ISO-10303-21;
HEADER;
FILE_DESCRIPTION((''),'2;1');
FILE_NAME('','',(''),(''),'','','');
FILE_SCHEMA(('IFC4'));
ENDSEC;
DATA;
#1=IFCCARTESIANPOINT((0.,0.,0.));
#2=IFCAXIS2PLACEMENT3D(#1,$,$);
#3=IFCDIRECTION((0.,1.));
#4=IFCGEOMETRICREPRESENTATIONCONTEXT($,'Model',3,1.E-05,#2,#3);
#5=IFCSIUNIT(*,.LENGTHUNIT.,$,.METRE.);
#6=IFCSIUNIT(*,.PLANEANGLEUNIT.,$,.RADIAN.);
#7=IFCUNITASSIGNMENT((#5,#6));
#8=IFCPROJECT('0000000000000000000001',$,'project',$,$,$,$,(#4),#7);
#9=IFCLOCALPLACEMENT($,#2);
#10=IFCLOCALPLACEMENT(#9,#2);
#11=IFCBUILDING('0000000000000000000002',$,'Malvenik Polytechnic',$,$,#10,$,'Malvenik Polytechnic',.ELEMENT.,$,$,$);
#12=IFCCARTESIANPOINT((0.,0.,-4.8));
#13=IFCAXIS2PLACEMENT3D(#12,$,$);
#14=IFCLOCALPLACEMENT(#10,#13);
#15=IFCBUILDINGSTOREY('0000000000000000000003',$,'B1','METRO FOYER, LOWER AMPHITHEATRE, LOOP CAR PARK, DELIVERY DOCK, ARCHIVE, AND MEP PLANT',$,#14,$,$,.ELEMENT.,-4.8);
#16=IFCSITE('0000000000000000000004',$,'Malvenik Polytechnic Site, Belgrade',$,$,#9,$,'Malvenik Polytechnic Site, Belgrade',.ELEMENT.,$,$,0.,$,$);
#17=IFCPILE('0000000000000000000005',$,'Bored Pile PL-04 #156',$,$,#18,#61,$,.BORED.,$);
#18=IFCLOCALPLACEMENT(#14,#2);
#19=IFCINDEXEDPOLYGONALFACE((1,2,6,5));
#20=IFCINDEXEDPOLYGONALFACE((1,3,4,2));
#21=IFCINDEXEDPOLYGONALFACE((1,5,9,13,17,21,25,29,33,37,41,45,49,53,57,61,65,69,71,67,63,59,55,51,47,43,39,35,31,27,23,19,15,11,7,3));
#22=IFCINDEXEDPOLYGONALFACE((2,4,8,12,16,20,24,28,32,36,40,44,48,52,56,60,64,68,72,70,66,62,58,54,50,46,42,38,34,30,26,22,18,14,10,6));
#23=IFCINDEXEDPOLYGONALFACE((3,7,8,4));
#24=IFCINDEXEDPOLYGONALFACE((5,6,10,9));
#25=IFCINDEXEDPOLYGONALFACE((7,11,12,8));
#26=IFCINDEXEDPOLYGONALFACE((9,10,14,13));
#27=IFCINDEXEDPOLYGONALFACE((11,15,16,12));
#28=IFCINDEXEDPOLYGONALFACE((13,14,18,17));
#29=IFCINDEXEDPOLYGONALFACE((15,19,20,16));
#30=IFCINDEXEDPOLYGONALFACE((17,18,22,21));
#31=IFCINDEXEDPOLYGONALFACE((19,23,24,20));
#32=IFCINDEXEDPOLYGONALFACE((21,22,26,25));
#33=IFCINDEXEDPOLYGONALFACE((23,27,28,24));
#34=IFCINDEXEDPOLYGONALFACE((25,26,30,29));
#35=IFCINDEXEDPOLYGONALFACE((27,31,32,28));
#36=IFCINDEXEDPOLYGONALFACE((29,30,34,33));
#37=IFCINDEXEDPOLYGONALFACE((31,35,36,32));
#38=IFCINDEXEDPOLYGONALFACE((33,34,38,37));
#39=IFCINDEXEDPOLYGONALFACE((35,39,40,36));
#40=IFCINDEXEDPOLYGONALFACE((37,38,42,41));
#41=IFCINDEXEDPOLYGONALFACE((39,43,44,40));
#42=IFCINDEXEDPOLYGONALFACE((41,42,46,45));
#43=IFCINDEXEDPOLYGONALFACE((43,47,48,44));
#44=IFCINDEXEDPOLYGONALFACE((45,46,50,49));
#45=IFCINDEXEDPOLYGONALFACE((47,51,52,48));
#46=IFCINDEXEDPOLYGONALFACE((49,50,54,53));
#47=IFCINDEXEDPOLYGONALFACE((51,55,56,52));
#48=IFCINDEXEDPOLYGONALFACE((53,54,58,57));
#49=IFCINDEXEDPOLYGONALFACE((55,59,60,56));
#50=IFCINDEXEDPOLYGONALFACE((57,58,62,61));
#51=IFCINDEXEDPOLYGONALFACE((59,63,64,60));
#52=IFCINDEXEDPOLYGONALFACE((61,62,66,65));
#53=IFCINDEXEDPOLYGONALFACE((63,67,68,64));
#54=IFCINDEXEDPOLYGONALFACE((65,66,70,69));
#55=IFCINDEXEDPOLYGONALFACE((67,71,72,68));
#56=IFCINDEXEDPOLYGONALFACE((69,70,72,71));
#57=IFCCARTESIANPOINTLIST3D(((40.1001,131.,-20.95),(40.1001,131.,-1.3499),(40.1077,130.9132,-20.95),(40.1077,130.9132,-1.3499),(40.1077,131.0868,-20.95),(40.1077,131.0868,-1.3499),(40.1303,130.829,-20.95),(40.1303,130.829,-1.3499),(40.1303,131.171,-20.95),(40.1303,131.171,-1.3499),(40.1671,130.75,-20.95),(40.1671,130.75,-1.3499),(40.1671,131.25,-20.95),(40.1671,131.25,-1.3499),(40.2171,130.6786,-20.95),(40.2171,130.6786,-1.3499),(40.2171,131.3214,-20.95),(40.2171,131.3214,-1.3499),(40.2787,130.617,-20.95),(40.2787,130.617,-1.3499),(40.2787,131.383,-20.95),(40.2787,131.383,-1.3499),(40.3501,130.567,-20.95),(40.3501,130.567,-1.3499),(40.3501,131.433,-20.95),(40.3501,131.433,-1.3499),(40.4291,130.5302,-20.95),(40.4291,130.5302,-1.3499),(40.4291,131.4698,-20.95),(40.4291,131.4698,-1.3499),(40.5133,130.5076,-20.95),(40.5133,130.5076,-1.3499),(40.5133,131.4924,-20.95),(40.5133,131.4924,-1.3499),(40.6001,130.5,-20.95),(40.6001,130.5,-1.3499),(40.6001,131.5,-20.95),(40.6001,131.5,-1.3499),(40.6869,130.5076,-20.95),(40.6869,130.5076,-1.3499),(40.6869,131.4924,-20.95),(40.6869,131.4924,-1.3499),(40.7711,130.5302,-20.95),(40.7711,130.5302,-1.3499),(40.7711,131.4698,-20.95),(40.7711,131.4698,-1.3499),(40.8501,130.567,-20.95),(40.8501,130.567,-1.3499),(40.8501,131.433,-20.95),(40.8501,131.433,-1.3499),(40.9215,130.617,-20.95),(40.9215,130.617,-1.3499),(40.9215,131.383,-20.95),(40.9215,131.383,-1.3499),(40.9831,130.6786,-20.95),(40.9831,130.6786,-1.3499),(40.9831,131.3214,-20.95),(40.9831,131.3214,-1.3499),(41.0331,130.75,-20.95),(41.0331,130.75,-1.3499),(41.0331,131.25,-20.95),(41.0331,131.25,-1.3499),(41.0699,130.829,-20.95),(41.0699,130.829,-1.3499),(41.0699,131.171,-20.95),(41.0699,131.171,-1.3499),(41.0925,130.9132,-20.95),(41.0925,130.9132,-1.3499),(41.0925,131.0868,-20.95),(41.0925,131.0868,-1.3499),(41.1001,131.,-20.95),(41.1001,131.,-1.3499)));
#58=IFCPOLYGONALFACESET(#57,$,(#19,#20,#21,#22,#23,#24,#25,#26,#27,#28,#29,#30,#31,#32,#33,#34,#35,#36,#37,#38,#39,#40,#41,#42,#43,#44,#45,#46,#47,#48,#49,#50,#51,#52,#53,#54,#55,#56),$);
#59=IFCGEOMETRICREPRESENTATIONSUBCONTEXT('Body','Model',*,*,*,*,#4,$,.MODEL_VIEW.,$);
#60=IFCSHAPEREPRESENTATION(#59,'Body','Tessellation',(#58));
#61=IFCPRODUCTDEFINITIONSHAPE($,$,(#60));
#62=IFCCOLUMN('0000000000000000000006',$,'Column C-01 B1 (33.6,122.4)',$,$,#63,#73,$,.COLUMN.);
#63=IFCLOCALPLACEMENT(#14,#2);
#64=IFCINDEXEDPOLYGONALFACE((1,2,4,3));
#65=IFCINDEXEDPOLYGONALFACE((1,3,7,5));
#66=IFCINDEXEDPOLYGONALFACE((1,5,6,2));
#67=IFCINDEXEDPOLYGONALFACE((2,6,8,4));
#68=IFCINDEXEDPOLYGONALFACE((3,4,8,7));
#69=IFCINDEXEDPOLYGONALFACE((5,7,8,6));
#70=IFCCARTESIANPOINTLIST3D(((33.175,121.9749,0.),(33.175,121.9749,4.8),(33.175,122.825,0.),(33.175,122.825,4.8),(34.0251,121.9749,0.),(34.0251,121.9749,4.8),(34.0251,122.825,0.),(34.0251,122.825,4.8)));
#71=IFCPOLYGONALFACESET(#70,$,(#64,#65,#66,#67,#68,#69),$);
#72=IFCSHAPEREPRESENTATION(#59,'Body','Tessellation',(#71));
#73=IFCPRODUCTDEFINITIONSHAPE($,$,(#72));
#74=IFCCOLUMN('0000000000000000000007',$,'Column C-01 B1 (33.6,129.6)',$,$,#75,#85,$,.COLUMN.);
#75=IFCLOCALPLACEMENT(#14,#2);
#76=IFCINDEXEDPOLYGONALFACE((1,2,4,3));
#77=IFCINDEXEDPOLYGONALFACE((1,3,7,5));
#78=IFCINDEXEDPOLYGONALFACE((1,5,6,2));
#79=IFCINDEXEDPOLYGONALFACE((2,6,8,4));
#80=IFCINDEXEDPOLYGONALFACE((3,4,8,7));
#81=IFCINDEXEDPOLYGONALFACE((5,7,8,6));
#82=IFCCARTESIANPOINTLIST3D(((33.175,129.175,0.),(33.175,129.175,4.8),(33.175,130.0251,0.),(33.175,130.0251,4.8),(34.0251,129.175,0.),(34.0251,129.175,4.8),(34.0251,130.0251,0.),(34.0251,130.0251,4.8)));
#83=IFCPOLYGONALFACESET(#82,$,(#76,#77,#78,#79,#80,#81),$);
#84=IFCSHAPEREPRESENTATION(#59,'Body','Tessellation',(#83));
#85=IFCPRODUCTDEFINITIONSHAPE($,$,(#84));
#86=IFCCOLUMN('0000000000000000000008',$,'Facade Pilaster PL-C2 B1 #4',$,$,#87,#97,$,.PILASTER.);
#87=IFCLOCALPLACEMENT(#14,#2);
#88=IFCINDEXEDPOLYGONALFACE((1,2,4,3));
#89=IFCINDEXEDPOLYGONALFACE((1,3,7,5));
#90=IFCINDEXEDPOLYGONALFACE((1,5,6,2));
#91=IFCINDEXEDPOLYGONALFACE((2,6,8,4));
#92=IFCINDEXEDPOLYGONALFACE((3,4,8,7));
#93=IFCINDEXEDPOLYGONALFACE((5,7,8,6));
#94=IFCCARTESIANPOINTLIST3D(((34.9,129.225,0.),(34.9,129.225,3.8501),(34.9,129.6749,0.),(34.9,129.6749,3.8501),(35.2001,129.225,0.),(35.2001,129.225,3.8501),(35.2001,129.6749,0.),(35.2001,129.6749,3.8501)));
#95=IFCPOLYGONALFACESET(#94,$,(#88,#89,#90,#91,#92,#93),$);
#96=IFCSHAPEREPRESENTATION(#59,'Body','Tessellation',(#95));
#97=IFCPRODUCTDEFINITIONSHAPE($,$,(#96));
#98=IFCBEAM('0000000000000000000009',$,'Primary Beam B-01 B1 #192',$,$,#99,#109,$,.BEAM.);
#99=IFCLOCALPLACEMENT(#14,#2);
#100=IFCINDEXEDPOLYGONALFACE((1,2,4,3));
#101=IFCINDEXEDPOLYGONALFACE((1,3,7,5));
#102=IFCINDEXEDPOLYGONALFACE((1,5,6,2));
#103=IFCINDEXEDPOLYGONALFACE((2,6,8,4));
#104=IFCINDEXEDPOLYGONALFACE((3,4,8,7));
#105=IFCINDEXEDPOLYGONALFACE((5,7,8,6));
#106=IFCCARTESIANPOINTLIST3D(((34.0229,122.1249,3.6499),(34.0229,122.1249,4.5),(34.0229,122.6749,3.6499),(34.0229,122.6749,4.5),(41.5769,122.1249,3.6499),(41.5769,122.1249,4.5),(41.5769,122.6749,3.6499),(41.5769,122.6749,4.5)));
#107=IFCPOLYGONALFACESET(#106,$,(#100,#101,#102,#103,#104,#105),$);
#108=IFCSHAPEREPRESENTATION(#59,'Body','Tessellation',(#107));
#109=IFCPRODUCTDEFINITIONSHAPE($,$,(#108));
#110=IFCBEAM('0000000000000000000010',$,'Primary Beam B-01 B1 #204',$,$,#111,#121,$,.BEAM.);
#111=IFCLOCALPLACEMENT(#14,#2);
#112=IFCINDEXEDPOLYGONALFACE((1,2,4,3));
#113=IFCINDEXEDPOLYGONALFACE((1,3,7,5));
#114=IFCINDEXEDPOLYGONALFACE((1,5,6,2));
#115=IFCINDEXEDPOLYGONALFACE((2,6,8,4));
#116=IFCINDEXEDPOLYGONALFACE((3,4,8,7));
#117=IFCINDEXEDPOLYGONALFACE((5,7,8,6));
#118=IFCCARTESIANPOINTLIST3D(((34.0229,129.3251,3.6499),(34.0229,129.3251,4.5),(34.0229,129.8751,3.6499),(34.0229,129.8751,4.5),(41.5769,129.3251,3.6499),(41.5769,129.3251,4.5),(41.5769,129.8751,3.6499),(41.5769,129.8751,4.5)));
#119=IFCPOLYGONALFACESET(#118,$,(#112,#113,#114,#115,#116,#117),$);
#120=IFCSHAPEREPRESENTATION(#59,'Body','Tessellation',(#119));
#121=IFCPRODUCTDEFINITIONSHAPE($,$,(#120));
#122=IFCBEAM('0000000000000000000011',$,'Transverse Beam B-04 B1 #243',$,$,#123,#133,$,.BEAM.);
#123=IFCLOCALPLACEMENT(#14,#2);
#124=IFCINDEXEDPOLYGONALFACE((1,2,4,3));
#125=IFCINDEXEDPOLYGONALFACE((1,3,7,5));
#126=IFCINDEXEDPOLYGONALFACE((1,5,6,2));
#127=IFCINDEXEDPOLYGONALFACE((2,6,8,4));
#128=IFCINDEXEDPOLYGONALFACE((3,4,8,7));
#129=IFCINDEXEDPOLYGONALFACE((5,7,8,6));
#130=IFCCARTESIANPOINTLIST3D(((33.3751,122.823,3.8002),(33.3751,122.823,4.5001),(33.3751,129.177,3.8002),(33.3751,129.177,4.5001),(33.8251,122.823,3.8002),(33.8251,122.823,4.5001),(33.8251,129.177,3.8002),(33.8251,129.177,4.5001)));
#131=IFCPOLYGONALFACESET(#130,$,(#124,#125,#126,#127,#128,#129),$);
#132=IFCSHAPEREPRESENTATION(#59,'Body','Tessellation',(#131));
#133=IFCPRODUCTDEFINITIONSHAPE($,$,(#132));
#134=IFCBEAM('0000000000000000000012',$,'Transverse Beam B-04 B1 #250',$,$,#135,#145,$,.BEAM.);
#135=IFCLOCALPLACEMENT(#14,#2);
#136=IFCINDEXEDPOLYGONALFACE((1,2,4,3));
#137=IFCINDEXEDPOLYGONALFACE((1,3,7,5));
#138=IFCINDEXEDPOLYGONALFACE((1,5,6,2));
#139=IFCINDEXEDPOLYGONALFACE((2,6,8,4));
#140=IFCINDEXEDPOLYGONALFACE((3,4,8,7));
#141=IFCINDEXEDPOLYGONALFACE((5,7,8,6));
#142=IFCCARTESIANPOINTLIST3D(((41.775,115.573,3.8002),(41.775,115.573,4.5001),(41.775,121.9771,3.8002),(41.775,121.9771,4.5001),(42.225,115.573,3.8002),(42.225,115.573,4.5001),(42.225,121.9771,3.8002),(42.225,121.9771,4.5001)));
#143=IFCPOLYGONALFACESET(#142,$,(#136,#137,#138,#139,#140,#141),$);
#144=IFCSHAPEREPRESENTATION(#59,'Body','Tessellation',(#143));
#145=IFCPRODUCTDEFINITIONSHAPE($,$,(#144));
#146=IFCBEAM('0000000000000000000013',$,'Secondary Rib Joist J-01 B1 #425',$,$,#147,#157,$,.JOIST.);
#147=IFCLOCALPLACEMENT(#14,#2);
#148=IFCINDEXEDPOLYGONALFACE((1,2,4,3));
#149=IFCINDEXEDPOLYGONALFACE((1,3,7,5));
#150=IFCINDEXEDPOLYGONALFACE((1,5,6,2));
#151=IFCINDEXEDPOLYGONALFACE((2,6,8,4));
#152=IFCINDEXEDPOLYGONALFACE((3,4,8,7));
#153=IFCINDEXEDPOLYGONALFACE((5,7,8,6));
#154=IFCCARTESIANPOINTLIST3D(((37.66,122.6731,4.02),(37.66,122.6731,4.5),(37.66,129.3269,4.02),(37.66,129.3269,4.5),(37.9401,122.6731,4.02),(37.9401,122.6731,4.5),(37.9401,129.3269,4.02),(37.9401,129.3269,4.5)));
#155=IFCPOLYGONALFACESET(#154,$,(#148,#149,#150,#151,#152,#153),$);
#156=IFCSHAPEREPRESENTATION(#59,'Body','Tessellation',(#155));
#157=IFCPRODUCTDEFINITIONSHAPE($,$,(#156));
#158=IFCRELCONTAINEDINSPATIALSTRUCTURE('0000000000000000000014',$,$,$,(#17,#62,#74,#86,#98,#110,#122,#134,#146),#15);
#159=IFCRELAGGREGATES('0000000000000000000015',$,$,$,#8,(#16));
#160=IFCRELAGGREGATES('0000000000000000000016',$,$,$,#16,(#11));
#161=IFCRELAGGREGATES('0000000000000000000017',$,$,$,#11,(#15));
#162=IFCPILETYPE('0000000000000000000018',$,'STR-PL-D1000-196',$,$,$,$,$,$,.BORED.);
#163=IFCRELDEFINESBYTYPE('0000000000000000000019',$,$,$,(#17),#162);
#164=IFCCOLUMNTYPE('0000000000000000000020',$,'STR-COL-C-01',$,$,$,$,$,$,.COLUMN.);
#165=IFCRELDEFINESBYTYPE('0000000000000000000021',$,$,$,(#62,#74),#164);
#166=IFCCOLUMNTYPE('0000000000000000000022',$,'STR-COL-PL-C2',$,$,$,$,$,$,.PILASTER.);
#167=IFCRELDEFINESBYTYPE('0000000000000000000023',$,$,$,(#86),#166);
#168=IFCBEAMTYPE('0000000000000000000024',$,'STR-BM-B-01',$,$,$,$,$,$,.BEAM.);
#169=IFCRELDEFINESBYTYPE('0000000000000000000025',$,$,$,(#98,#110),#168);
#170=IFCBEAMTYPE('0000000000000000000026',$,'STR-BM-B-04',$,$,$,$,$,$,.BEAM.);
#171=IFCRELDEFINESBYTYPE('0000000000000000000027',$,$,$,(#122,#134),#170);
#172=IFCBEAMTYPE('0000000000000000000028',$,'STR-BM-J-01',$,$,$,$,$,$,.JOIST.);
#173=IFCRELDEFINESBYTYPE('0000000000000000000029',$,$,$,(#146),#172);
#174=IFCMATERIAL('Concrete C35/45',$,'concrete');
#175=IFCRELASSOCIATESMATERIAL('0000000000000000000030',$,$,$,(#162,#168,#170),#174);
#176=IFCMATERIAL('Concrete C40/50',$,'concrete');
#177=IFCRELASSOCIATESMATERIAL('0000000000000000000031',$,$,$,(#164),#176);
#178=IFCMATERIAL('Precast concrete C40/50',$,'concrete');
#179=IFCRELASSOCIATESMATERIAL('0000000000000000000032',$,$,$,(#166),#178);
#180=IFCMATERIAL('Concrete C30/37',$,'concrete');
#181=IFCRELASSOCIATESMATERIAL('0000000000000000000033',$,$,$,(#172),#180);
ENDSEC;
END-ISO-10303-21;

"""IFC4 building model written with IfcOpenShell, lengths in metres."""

from ifc_helpers import new_model, si_unit, direction, frame, origin, origin_2d, place, context, subcontext, project, spatial, rectangle, circle, extrude, material, material_profile, profile_set, type_object, element, save


model = new_model("IFC4")

# Units and contexts
model_context = context("Model", 3, precision=1e-05, world=origin(), true_north=direction((0.0, 1.0)))
body_context = subcontext(model_context, "Body", "Model", "MODEL_VIEW")
ifc_project = project(units=[si_unit("LENGTHUNIT", "METRE"), si_unit("PLANEANGLEUNIT", "RADIAN")], contexts=[model_context])

# Site, building, storey
site_placement = place(None, origin())
site = spatial("IfcSite", under=ifc_project, at=site_placement, Name="Malvenik Polytechnic Site, Belgrade", LongName="Malvenik Polytechnic Site, Belgrade", CompositionType="ELEMENT", RefElevation=0.0)
building_placement = place(site_placement, origin())
building = spatial("IfcBuilding", under=site, at=building_placement, Name="Malvenik Polytechnic", LongName="Malvenik Polytechnic", CompositionType="ELEMENT")
storey_placement = place(building_placement, frame((0.0, 0.0, -4.8)))
storey = spatial("IfcBuildingStorey", under=building, at=storey_placement, Name="B1", Description="METRO FOYER, LOWER AMPHITHEATRE, LOOP CAR PARK, DELIVERY DOCK, ARCHIVE, AND MEP PLANT", CompositionType="ELEMENT", Elevation=-4.8)

# Shared definitions
ifc_material_1 = material(Name="Concrete C35/45", Category="concrete")

# Pile
ifc_material_profile_1 = material_profile(ifc_material_1, circle(Radius=0.5, at=origin_2d()), Name="BORED PILE D1000")
ifc_profile_set_1 = profile_set([ifc_material_profile_1], Name="Concrete C35/45")
pile_type = type_object("IfcPileType", Name="STR-PL-D1000-196", PredefinedType="BORED", material=ifc_profile_set_1)
for number, where, z_axis, x_axis, name in (
    (1, (40.6001, 131.0, -1.3499), (0.0, 0.0, -1.0), (1.0, 0.0, 0.0), "Bored Pile PL-04 #156"),
):
    element("IfcPile", number, at=place(storey_placement, frame(where, z_axis=z_axis, x_axis=x_axis)), inside=storey, type_object=pile_type, Name=name, PredefinedType="BORED", context=body_context, shape_type="SweptSolid", body=[
        extrude(circle(Radius=0.5, at=origin_2d()), origin(), (0.0, 0.0, 1.0), 19.6001),
    ])

# Columns
ifc_material_2 = material(Name="Concrete C40/50", Category="concrete")
ifc_material_profile_2 = material_profile(ifc_material_2, rectangle(XDim=0.8501, YDim=0.8501, at=origin_2d()), Name="RC COL 850x850")
ifc_profile_set_2 = profile_set([ifc_material_profile_2], Name="Concrete C40/50")
column_type_1 = type_object("IfcColumnType", Name="STR-COL-C-01", PredefinedType="COLUMN", material=ifc_profile_set_2)
for number, where, z_axis, x_axis, name in (
    (2, (33.6001, 122.3999, 0.0), (0.0, 0.0, 1.0), (1.0, 0.0, 0.0), "Column C-01 B1 (33.6,122.4)"),
    (3, (33.6001, 129.6001, 0.0), (0.0, 0.0, 1.0), (1.0, 0.0, 0.0), "Column C-01 B1 (33.6,129.6)"),
):
    element("IfcColumn", number, at=place(storey_placement, frame(where, z_axis=z_axis, x_axis=x_axis)), inside=storey, type_object=column_type_1, Name=name, PredefinedType="COLUMN", context=body_context, shape_type="SweptSolid", body=[
        extrude(rectangle(XDim=0.8501, YDim=0.8501, at=origin_2d()), origin(), (0.0, 0.0, 1.0), 4.8),
    ])
ifc_material_3 = material(Name="Precast concrete C40/50", Category="concrete")
ifc_material_profile_3 = material_profile(ifc_material_3, rectangle(XDim=0.3, YDim=0.45, at=origin_2d()), Name="RC PIL 450x300")
ifc_profile_set_3 = profile_set([ifc_material_profile_3], Name="Precast concrete C40/50")
column_type_2 = type_object("IfcColumnType", Name="STR-COL-PL-C2", PredefinedType="PILASTER", material=ifc_profile_set_3)
column_placement = place(storey_placement, frame((35.05, 129.45, 0.0), z_axis=(0.0, 0.0, 1.0), x_axis=(1.0, 0.0, 0.0)))
element("IfcColumn", 4, at=column_placement, inside=storey, type_object=column_type_2, Name="Facade Pilaster PL-C2 B1 #4", PredefinedType="PILASTER", context=body_context, shape_type="SweptSolid", body=[
    extrude(rectangle(XDim=0.3, YDim=0.45, at=origin_2d()), origin(), (0.0, 0.0, 1.0), 3.8501),
])

# Beams
ifc_material_profile_4 = material_profile(ifc_material_1, rectangle(XDim=0.55, YDim=0.8501, at=origin_2d()), Name="RC BM 550x850")
ifc_profile_set_4 = profile_set([ifc_material_profile_4], Name="Concrete C35/45")
beam_type_1 = type_object("IfcBeamType", Name="STR-BM-B-01", PredefinedType="BEAM", material=ifc_profile_set_4)
for number, where, z_axis, x_axis, name in (
    (5, (34.0229, 122.3999, 4.075), (1.0, 0.0, 0.0), (0.0, 1.0, 0.0), "Primary Beam B-01 B1 #192"),
    (6, (34.0229, 129.6001, 4.075), (1.0, 0.0, 0.0), (0.0, 1.0, 0.0), "Primary Beam B-01 B1 #204"),
):
    element("IfcBeam", number, at=place(storey_placement, frame(where, z_axis=z_axis, x_axis=x_axis)), inside=storey, type_object=beam_type_1, Name=name, PredefinedType="BEAM", context=body_context, shape_type="SweptSolid", body=[
        extrude(rectangle(XDim=0.55, YDim=0.8501, at=origin_2d()), origin(), (0.0, 0.0, 1.0), 7.554),
    ])
ifc_material_profile_5 = material_profile(ifc_material_1, rectangle(XDim=0.45, YDim=0.7, at=origin_2d()), Name="RC BM 450x700")
ifc_profile_set_5 = profile_set([ifc_material_profile_5], Name="Concrete C35/45")
beam_type_2 = type_object("IfcBeamType", Name="STR-BM-B-04", PredefinedType="BEAM", material=ifc_profile_set_5)
beam_1_placement = place(storey_placement, frame((33.6001, 122.823, 4.1501), z_axis=(0.0, 1.0, 0.0), x_axis=(-1.0, 0.0, 0.0)))
element("IfcBeam", 7, at=beam_1_placement, inside=storey, type_object=beam_type_2, Name="Transverse Beam B-04 B1 #243", PredefinedType="BEAM", context=body_context, shape_type="SweptSolid", body=[
    extrude(rectangle(XDim=0.45, YDim=0.7, at=origin_2d()), origin(), (0.0, 0.0, 1.0), 6.354),
])
beam_2_placement = place(storey_placement, frame((42.0, 115.573, 4.1501), z_axis=(0.0, 1.0, 0.0), x_axis=(-1.0, 0.0, 0.0)))
element("IfcBeam", 8, at=beam_2_placement, inside=storey, type_object=beam_type_2, Name="Transverse Beam B-04 B1 #250", PredefinedType="BEAM", context=body_context, shape_type="SweptSolid", body=[
    extrude(rectangle(XDim=0.45, YDim=0.7, at=origin_2d()), origin(), (0.0, 0.0, 1.0), 6.4041),
])
ifc_material_4 = material(Name="Concrete C30/37", Category="concrete")
ifc_material_profile_6 = material_profile(ifc_material_4, rectangle(XDim=0.28, YDim=0.48, at=origin_2d()), Name="RC JST 280x480")
ifc_profile_set_6 = profile_set([ifc_material_profile_6], Name="Concrete C30/37")
beam_type_3 = type_object("IfcBeamType", Name="STR-BM-J-01", PredefinedType="JOIST", material=ifc_profile_set_6)
beam_3_placement = place(storey_placement, frame((37.8, 122.6731, 4.26), z_axis=(0.0, 1.0, 0.0), x_axis=(-1.0, 0.0, 0.0)))
element("IfcBeam", 9, at=beam_3_placement, inside=storey, type_object=beam_type_3, Name="Secondary Rib Joist J-01 B1 #425", PredefinedType="JOIST", context=body_context, shape_type="SweptSolid", body=[
    extrude(rectangle(XDim=0.28, YDim=0.48, at=origin_2d()), origin(), (0.0, 0.0, 1.0), 6.6538),
])

save(model, "model.ifc")
